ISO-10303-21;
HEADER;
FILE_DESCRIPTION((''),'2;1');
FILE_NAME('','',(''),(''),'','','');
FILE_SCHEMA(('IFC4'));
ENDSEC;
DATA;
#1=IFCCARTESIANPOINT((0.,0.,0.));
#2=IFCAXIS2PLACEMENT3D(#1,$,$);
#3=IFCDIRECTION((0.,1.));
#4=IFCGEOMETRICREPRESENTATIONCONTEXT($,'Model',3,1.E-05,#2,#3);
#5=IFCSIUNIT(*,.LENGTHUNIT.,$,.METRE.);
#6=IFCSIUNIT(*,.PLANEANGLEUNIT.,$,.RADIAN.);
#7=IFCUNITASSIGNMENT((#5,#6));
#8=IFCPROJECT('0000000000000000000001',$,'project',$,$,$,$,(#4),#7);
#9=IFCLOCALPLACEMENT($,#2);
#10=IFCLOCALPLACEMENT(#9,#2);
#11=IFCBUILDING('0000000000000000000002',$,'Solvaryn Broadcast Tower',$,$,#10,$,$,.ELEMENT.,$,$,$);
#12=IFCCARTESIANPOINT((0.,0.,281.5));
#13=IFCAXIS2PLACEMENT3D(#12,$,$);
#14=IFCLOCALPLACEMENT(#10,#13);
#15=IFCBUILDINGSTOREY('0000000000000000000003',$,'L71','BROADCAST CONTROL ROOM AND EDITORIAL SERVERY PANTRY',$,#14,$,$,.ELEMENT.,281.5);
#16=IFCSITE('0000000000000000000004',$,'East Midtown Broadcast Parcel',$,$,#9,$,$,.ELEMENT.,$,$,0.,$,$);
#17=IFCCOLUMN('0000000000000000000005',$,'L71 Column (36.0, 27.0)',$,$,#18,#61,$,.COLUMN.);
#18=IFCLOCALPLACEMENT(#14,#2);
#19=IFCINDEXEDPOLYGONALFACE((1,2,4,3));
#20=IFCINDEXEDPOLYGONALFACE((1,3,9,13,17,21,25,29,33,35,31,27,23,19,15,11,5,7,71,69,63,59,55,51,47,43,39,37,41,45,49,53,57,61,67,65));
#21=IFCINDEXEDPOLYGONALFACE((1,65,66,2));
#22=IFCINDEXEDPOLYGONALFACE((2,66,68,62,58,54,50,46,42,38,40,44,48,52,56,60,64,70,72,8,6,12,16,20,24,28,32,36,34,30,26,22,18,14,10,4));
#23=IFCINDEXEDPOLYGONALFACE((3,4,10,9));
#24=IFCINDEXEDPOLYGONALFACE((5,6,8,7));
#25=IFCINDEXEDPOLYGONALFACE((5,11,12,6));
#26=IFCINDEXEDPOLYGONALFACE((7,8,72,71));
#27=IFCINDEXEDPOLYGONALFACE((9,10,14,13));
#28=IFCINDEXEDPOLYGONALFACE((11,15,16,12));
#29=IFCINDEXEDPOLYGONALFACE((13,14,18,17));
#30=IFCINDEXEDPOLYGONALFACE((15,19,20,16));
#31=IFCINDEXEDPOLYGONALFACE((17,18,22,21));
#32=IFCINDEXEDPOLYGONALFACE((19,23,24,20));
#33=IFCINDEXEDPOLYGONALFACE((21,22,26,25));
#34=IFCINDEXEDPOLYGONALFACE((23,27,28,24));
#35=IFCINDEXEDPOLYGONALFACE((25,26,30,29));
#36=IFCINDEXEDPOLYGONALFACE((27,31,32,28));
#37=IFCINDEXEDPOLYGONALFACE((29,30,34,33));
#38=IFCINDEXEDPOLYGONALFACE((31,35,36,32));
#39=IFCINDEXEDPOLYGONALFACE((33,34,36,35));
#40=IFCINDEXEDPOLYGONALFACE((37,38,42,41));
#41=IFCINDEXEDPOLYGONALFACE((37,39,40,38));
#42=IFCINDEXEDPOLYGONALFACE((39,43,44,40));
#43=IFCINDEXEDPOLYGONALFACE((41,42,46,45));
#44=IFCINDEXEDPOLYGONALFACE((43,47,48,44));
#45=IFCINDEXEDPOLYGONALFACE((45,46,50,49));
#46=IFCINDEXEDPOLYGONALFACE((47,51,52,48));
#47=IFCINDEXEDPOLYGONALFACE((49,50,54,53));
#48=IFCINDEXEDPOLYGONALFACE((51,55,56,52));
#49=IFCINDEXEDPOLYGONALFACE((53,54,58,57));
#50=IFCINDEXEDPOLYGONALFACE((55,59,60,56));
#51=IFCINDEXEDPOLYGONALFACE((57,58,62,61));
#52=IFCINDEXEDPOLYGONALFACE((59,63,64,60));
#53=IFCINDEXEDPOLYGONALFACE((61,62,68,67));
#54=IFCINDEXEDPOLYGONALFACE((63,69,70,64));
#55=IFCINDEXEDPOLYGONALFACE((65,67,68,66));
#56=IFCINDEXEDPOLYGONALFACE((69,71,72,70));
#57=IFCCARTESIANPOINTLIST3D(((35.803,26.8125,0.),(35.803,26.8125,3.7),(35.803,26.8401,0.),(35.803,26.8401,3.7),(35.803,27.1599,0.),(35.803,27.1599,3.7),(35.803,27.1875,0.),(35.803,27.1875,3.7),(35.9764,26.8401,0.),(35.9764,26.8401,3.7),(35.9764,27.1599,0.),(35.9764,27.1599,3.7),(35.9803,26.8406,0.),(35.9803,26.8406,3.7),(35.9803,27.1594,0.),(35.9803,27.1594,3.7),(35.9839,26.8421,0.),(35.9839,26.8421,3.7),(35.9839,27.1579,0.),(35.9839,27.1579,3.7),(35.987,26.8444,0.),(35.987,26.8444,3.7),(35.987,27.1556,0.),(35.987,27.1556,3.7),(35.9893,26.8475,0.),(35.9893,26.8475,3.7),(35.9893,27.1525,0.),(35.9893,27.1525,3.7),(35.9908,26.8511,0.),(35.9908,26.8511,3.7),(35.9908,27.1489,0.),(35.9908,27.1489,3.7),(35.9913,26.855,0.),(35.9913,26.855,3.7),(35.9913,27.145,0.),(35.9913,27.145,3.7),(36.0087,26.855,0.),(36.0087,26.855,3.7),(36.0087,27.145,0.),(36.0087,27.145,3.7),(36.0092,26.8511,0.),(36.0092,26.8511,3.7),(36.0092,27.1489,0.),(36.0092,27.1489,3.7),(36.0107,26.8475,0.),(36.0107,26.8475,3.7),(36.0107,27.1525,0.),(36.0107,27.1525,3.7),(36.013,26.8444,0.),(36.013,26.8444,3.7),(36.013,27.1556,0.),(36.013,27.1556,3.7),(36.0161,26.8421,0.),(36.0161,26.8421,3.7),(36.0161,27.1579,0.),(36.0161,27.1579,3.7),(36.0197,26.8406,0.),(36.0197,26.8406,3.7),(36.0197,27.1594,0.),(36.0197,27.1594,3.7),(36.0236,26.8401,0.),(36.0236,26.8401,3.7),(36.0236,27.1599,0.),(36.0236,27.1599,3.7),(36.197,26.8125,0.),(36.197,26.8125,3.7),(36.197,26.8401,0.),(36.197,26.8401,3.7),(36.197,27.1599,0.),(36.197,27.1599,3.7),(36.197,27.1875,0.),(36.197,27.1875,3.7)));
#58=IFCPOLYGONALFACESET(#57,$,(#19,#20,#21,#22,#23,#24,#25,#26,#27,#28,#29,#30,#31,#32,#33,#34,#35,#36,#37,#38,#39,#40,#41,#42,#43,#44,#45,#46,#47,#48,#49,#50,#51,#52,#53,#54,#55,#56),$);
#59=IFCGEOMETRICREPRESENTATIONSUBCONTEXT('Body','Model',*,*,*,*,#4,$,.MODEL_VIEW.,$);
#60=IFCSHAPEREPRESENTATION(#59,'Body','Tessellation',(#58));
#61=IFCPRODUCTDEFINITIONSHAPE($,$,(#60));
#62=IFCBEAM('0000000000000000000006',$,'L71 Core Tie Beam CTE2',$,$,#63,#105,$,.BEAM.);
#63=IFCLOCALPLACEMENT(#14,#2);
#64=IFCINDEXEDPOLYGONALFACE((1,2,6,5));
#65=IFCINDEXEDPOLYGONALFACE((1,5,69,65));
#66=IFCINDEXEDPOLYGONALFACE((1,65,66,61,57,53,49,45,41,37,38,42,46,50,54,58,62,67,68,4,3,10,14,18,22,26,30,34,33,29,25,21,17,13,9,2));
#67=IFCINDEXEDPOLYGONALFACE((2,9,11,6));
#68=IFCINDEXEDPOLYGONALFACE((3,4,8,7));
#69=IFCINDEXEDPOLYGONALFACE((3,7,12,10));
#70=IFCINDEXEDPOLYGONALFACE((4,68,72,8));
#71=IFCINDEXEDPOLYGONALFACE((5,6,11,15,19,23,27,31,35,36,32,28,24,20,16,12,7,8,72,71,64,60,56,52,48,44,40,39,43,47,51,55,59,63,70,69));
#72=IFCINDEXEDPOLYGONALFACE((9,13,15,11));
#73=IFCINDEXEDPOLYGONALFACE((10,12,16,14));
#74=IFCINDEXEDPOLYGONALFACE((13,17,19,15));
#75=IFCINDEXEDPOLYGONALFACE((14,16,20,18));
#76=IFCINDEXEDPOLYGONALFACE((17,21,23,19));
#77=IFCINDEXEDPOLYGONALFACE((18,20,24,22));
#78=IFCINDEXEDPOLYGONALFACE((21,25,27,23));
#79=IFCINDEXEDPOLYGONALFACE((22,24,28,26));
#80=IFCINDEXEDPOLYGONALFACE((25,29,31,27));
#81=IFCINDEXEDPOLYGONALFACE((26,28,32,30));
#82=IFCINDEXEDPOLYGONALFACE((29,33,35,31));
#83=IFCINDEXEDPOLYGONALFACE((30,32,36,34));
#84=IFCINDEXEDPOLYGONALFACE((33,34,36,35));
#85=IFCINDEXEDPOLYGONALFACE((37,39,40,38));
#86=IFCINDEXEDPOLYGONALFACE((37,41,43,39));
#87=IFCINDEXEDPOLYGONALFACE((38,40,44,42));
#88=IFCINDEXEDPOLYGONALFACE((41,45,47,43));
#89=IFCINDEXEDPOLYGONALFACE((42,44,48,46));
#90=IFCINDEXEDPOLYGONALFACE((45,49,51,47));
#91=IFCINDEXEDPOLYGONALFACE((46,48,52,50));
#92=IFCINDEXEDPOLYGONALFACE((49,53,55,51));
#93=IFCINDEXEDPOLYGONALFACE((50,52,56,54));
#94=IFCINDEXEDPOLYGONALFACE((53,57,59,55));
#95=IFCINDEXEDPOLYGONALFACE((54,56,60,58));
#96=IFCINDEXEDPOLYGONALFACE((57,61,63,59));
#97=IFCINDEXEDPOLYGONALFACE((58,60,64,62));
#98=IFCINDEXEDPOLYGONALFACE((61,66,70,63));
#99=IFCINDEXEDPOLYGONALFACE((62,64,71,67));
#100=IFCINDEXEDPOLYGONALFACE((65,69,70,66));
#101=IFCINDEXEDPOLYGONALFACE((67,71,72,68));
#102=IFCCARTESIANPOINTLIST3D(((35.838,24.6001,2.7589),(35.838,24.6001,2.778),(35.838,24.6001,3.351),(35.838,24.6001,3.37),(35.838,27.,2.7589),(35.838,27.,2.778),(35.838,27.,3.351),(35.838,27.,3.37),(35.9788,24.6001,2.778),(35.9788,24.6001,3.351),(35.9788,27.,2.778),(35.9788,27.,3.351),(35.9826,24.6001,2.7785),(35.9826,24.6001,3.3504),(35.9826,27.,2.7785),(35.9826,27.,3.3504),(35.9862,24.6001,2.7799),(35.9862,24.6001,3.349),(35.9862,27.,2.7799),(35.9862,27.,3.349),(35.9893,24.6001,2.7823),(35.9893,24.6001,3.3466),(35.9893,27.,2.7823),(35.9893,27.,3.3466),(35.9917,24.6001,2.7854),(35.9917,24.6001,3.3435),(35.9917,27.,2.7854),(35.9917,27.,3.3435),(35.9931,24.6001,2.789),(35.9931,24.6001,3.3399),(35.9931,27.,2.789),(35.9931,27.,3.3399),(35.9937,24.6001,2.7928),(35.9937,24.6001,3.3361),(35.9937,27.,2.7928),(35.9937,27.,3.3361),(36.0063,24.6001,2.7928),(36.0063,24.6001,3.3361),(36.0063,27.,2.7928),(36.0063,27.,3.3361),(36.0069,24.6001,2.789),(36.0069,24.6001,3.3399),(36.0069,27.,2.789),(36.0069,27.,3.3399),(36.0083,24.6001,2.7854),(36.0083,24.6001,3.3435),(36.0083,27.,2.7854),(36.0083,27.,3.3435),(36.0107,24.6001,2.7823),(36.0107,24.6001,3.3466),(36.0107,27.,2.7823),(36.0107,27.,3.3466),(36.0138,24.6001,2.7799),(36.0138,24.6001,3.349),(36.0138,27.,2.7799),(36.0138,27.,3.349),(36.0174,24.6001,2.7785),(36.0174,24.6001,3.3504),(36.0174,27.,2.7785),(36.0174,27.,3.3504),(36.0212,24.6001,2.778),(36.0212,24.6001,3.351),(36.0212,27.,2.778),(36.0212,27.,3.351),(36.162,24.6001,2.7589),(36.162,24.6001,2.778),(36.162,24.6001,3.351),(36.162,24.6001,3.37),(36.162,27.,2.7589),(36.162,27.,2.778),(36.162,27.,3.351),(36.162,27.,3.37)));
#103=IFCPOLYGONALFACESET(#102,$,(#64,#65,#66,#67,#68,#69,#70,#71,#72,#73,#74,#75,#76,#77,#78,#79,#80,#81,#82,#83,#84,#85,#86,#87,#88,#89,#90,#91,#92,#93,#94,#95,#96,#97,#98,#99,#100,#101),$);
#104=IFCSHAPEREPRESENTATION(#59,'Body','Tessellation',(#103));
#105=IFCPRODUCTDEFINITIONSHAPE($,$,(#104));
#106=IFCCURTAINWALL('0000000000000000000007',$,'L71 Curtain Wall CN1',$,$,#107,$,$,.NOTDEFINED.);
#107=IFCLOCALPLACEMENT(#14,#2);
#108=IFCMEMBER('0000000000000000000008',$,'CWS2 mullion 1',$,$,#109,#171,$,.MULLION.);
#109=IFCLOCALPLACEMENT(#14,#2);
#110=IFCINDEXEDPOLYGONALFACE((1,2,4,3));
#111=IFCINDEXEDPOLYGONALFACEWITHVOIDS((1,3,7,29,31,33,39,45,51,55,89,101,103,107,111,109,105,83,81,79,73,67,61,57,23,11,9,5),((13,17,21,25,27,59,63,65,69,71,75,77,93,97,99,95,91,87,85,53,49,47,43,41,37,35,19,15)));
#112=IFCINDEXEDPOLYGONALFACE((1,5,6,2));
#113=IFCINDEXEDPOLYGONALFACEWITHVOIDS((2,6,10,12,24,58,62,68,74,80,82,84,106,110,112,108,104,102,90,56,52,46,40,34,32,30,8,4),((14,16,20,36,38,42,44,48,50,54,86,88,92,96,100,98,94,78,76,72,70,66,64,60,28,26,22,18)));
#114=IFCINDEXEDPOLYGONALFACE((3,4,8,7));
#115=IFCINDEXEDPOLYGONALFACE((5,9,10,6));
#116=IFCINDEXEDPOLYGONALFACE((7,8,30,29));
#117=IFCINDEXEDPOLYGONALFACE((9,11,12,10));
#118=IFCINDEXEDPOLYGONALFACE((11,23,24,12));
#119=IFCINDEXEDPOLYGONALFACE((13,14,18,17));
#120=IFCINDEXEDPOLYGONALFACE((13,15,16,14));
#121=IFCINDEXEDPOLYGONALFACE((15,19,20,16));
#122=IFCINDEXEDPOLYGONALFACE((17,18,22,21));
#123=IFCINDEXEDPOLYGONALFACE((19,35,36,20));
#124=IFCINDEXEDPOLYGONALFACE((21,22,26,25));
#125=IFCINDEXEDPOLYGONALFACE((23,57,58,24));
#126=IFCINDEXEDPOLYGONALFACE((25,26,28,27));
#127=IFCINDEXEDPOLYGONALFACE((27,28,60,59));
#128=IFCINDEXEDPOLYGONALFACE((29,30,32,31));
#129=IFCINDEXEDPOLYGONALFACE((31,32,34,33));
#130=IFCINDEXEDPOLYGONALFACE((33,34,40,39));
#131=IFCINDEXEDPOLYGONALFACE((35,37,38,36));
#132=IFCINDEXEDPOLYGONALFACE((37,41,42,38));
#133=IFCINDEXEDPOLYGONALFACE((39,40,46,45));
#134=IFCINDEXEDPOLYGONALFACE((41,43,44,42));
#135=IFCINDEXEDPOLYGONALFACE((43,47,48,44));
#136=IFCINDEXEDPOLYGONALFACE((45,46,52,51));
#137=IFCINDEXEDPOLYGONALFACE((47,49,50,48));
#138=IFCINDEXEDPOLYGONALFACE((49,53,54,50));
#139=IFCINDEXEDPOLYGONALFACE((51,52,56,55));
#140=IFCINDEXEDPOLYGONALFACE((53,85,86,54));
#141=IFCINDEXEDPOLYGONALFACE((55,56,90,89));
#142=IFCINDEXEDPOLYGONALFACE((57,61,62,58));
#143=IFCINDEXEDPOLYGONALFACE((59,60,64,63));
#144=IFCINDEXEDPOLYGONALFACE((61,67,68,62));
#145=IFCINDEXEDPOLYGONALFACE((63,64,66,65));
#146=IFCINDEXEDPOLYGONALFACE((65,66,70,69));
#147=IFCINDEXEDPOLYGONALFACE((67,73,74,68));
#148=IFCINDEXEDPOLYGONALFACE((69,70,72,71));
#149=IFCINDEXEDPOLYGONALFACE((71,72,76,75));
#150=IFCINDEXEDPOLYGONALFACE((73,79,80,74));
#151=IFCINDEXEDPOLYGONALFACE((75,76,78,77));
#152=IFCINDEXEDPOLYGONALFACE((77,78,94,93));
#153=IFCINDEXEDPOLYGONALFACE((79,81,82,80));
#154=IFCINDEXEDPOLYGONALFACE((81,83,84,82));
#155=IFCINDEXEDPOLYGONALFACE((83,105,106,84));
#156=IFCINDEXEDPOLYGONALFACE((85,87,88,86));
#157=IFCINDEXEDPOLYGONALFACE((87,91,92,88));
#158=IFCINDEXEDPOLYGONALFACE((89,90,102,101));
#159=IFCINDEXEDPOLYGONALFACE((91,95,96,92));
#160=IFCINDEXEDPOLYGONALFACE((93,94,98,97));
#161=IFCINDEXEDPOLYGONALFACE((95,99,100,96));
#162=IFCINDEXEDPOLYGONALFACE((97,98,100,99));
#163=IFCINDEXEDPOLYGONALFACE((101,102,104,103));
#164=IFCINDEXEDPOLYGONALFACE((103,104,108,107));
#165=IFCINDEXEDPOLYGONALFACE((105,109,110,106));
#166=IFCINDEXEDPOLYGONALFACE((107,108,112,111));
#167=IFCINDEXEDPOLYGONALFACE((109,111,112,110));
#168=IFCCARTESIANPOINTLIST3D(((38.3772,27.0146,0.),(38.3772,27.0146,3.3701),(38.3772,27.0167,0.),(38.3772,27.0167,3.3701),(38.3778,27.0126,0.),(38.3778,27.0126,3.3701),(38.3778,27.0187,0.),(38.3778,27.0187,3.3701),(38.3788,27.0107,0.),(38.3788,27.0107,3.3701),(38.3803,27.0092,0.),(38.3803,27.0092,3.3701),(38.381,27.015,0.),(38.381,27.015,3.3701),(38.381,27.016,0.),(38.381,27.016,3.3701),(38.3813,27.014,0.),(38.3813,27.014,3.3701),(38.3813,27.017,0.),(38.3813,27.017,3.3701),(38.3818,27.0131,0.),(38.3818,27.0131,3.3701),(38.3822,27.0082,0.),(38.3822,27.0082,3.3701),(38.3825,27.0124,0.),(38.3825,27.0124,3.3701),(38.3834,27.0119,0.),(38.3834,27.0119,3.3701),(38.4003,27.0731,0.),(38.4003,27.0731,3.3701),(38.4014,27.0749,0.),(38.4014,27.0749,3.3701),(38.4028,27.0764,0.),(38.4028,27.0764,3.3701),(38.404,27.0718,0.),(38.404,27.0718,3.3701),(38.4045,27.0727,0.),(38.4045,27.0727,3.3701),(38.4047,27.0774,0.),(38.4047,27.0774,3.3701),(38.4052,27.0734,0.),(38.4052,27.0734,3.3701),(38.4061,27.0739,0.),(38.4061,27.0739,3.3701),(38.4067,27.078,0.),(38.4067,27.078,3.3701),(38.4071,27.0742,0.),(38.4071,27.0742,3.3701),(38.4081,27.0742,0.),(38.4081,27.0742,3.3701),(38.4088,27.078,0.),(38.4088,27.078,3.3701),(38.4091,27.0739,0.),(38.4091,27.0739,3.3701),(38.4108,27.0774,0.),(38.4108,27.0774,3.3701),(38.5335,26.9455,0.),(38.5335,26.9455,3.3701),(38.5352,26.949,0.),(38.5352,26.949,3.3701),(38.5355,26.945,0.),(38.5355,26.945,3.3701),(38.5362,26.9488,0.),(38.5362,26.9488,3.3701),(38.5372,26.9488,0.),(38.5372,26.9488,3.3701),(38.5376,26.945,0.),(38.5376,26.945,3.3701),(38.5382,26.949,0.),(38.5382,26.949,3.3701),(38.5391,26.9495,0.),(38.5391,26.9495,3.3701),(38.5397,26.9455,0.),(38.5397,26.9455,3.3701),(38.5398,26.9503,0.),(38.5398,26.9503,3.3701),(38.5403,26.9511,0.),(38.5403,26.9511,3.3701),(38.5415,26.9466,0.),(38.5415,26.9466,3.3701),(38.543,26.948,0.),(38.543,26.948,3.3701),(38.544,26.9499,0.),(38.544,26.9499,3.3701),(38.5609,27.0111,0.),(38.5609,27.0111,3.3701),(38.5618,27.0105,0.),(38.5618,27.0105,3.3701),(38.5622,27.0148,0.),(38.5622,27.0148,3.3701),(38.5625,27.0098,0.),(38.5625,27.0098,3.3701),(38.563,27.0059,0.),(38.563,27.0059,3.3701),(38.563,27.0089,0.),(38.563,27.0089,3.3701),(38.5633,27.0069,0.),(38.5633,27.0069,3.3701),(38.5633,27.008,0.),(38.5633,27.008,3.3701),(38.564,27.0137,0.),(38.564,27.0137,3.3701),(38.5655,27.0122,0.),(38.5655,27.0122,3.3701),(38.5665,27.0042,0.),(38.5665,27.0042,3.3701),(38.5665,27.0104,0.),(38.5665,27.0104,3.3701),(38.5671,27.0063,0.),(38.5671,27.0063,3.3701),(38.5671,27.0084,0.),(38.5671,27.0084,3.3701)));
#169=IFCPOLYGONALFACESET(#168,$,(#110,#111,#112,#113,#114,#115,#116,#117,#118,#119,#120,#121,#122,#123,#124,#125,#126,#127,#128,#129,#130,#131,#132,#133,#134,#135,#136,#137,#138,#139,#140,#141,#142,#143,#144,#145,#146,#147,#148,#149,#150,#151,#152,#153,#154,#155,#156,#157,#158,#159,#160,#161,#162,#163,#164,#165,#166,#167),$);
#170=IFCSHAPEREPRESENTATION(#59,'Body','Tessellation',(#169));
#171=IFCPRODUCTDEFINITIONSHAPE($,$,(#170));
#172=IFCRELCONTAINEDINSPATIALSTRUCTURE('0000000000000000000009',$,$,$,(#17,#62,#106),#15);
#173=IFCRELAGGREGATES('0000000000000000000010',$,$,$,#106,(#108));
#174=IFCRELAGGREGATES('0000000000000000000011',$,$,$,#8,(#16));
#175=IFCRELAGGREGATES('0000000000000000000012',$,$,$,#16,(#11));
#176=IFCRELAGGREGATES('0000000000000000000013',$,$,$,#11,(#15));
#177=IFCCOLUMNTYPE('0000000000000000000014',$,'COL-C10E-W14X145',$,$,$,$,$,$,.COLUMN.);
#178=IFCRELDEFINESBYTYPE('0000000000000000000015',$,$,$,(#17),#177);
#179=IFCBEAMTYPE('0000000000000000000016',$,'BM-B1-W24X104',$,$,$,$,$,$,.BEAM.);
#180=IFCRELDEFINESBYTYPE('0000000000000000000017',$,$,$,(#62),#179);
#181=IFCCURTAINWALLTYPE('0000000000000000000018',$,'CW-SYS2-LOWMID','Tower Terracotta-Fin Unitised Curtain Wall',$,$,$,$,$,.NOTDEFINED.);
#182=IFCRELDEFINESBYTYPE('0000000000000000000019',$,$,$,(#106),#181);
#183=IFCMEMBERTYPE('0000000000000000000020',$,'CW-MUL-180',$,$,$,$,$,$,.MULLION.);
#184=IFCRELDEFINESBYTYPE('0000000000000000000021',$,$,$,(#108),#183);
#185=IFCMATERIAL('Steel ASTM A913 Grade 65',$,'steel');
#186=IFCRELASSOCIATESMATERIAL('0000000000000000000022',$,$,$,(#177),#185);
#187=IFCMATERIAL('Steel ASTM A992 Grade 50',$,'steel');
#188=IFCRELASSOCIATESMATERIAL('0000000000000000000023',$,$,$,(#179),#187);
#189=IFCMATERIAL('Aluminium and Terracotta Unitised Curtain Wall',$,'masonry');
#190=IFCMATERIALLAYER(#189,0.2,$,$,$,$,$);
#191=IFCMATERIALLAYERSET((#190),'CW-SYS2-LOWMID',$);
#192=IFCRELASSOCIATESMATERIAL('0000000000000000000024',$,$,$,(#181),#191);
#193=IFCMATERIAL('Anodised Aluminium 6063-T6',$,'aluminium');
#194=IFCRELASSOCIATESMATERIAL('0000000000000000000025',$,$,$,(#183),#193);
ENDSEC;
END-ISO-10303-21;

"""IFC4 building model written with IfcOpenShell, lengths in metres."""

from ifc_helpers import new_model, si_unit, direction, frame, origin, origin_2d, place, context, subcontext, project, spatial, hollow_rectangle, i_section, extrude, material, layer, layer_set, material_profile, profile_set, type_object, element, aggregate, save


model = new_model("IFC4")

# Units and contexts
model_context = context("Model", 3, precision=1e-05, world=origin(), true_north=direction((0.0, 1.0)))
body_context = subcontext(model_context, "Body", "Model", "MODEL_VIEW")
ifc_project = project(units=[si_unit("LENGTHUNIT", "METRE"), si_unit("PLANEANGLEUNIT", "RADIAN")], contexts=[model_context])

# Site, building, storey
site_placement = place(None, origin())
site = spatial("IfcSite", under=ifc_project, at=site_placement, Name="East Midtown Broadcast Parcel", CompositionType="ELEMENT", RefElevation=0.0)
building_placement = place(site_placement, origin())
building = spatial("IfcBuilding", under=site, at=building_placement, Name="Solvaryn Broadcast Tower", CompositionType="ELEMENT")
storey_placement = place(building_placement, frame((0.0, 0.0, 281.5)))
storey = spatial("IfcBuildingStorey", under=building, at=storey_placement, Name="L71", Description="BROADCAST CONTROL ROOM AND EDITORIAL SERVERY PANTRY", CompositionType="ELEMENT", Elevation=281.5)

# Column
ifc_material_1 = material(Name="Steel ASTM A913 Grade 65", Category="steel")
ifc_material_profile_1 = material_profile(ifc_material_1, i_section(OverallWidth=0.394, OverallDepth=0.375, WebThickness=0.0173, FlangeThickness=0.0276, FilletRadius=0.0149, at=origin_2d()))
ifc_profile_set_1 = profile_set([ifc_material_profile_1], Name="Steel ASTM A913 Grade 65")
column_type = type_object("IfcColumnType", Name="COL-C10E-W14X145", PredefinedType="COLUMN", material=ifc_profile_set_1)
column_placement = place(storey_placement, frame((36.0, 27.0, 0.0), z_axis=(0.0, 0.0, 1.0), x_axis=(1.0, 0.0, 0.0)))
element("IfcColumn", 1, at=column_placement, inside=storey, type_object=column_type, Name="L71 Column (36.0, 27.0)", PredefinedType="COLUMN", context=body_context, shape_type="SweptSolid", body=[
    extrude(i_section(OverallWidth=0.394, OverallDepth=0.375, WebThickness=0.0173, FlangeThickness=0.0276, FilletRadius=0.0149, at=origin_2d()), origin(), (0.0, 0.0, 1.0), 3.7),
])

# Beam
ifc_material_2 = material(Name="Steel ASTM A992 Grade 50", Category="steel")
ifc_material_profile_2 = material_profile(ifc_material_2, i_section(OverallWidth=0.324, OverallDepth=0.6111, WebThickness=0.0127, FlangeThickness=0.019, FilletRadius=0.0149, at=origin_2d()))
ifc_profile_set_2 = profile_set([ifc_material_profile_2], Name="Steel ASTM A992 Grade 50")
beam_type = type_object("IfcBeamType", Name="BM-B1-W24X104", PredefinedType="BEAM", material=ifc_profile_set_2)
beam_placement = place(storey_placement, frame((36.0, 24.6001, 3.0645), z_axis=(0.0, 1.0, 0.0), x_axis=(-1.0, 0.0, 0.0)))
element("IfcBeam", 2, at=beam_placement, inside=storey, type_object=beam_type, Name="L71 Core Tie Beam CTE2", PredefinedType="BEAM", context=body_context, shape_type="SweptSolid", body=[
    extrude(i_section(OverallWidth=0.324, OverallDepth=0.6111, WebThickness=0.0127, FlangeThickness=0.019, FilletRadius=0.0149, at=origin_2d()), origin(), (0.0, 0.0, 1.0), 2.3999),
])

# Curtain wall, member
ifc_material_3 = material(Name="Aluminium and Terracotta Unitised Curtain Wall", Category="masonry")
ifc_layer_1 = layer(ifc_material_3, 0.2)
ifc_layer_set_1 = layer_set([ifc_layer_1], Name="CW-SYS2-LOWMID")
curtain_wall_type = type_object("IfcCurtainWallType", Name="CW-SYS2-LOWMID", Description="Tower Terracotta-Fin Unitised Curtain Wall", PredefinedType="NOTDEFINED", material=ifc_layer_set_1)
curtain_wall_1_placement = place(storey_placement, origin())
curtain_wall_1 = element("IfcCurtainWall", 3, at=curtain_wall_1_placement, inside=storey, type_object=curtain_wall_type, Name="L71 Curtain Wall CN1", PredefinedType="NOTDEFINED")
ifc_material_4 = material(Name="Anodised Aluminium 6063-T6", Category="aluminium")
ifc_material_profile_3 = material_profile(ifc_material_4, hollow_rectangle(XDim=0.075, YDim=0.1799, WallThickness=0.0039, InnerFilletRadius=0.0039, OuterFilletRadius=0.0081, at=origin_2d()))
ifc_profile_set_3 = profile_set([ifc_material_profile_3], Name="Anodised Aluminium 6063-T6")
member_type_1 = type_object("IfcMemberType", Name="CW-MUL-180", PredefinedType="MULLION", material=ifc_profile_set_3)
member_1_placement = place(storey_placement, frame((38.4722, 27.0115, 0.0), z_axis=(0.0, 0.0, 1.0), x_axis=(-0.382646, -0.923895, 0.0)))
member_1 = element("IfcMember", 4, at=member_1_placement, type_object=member_type_1, Name="CWS2 mullion 1", PredefinedType="MULLION", context=body_context, shape_type="SweptSolid", body=[
    extrude(hollow_rectangle(XDim=0.075, YDim=0.1799, WallThickness=0.0039, InnerFilletRadius=0.0039, OuterFilletRadius=0.0081, at=origin_2d()), origin(), (0.0, 0.0, 1.0), 3.3701),
])

aggregate(curtain_wall_1, [member_1])

save(model, "model.ifc")
